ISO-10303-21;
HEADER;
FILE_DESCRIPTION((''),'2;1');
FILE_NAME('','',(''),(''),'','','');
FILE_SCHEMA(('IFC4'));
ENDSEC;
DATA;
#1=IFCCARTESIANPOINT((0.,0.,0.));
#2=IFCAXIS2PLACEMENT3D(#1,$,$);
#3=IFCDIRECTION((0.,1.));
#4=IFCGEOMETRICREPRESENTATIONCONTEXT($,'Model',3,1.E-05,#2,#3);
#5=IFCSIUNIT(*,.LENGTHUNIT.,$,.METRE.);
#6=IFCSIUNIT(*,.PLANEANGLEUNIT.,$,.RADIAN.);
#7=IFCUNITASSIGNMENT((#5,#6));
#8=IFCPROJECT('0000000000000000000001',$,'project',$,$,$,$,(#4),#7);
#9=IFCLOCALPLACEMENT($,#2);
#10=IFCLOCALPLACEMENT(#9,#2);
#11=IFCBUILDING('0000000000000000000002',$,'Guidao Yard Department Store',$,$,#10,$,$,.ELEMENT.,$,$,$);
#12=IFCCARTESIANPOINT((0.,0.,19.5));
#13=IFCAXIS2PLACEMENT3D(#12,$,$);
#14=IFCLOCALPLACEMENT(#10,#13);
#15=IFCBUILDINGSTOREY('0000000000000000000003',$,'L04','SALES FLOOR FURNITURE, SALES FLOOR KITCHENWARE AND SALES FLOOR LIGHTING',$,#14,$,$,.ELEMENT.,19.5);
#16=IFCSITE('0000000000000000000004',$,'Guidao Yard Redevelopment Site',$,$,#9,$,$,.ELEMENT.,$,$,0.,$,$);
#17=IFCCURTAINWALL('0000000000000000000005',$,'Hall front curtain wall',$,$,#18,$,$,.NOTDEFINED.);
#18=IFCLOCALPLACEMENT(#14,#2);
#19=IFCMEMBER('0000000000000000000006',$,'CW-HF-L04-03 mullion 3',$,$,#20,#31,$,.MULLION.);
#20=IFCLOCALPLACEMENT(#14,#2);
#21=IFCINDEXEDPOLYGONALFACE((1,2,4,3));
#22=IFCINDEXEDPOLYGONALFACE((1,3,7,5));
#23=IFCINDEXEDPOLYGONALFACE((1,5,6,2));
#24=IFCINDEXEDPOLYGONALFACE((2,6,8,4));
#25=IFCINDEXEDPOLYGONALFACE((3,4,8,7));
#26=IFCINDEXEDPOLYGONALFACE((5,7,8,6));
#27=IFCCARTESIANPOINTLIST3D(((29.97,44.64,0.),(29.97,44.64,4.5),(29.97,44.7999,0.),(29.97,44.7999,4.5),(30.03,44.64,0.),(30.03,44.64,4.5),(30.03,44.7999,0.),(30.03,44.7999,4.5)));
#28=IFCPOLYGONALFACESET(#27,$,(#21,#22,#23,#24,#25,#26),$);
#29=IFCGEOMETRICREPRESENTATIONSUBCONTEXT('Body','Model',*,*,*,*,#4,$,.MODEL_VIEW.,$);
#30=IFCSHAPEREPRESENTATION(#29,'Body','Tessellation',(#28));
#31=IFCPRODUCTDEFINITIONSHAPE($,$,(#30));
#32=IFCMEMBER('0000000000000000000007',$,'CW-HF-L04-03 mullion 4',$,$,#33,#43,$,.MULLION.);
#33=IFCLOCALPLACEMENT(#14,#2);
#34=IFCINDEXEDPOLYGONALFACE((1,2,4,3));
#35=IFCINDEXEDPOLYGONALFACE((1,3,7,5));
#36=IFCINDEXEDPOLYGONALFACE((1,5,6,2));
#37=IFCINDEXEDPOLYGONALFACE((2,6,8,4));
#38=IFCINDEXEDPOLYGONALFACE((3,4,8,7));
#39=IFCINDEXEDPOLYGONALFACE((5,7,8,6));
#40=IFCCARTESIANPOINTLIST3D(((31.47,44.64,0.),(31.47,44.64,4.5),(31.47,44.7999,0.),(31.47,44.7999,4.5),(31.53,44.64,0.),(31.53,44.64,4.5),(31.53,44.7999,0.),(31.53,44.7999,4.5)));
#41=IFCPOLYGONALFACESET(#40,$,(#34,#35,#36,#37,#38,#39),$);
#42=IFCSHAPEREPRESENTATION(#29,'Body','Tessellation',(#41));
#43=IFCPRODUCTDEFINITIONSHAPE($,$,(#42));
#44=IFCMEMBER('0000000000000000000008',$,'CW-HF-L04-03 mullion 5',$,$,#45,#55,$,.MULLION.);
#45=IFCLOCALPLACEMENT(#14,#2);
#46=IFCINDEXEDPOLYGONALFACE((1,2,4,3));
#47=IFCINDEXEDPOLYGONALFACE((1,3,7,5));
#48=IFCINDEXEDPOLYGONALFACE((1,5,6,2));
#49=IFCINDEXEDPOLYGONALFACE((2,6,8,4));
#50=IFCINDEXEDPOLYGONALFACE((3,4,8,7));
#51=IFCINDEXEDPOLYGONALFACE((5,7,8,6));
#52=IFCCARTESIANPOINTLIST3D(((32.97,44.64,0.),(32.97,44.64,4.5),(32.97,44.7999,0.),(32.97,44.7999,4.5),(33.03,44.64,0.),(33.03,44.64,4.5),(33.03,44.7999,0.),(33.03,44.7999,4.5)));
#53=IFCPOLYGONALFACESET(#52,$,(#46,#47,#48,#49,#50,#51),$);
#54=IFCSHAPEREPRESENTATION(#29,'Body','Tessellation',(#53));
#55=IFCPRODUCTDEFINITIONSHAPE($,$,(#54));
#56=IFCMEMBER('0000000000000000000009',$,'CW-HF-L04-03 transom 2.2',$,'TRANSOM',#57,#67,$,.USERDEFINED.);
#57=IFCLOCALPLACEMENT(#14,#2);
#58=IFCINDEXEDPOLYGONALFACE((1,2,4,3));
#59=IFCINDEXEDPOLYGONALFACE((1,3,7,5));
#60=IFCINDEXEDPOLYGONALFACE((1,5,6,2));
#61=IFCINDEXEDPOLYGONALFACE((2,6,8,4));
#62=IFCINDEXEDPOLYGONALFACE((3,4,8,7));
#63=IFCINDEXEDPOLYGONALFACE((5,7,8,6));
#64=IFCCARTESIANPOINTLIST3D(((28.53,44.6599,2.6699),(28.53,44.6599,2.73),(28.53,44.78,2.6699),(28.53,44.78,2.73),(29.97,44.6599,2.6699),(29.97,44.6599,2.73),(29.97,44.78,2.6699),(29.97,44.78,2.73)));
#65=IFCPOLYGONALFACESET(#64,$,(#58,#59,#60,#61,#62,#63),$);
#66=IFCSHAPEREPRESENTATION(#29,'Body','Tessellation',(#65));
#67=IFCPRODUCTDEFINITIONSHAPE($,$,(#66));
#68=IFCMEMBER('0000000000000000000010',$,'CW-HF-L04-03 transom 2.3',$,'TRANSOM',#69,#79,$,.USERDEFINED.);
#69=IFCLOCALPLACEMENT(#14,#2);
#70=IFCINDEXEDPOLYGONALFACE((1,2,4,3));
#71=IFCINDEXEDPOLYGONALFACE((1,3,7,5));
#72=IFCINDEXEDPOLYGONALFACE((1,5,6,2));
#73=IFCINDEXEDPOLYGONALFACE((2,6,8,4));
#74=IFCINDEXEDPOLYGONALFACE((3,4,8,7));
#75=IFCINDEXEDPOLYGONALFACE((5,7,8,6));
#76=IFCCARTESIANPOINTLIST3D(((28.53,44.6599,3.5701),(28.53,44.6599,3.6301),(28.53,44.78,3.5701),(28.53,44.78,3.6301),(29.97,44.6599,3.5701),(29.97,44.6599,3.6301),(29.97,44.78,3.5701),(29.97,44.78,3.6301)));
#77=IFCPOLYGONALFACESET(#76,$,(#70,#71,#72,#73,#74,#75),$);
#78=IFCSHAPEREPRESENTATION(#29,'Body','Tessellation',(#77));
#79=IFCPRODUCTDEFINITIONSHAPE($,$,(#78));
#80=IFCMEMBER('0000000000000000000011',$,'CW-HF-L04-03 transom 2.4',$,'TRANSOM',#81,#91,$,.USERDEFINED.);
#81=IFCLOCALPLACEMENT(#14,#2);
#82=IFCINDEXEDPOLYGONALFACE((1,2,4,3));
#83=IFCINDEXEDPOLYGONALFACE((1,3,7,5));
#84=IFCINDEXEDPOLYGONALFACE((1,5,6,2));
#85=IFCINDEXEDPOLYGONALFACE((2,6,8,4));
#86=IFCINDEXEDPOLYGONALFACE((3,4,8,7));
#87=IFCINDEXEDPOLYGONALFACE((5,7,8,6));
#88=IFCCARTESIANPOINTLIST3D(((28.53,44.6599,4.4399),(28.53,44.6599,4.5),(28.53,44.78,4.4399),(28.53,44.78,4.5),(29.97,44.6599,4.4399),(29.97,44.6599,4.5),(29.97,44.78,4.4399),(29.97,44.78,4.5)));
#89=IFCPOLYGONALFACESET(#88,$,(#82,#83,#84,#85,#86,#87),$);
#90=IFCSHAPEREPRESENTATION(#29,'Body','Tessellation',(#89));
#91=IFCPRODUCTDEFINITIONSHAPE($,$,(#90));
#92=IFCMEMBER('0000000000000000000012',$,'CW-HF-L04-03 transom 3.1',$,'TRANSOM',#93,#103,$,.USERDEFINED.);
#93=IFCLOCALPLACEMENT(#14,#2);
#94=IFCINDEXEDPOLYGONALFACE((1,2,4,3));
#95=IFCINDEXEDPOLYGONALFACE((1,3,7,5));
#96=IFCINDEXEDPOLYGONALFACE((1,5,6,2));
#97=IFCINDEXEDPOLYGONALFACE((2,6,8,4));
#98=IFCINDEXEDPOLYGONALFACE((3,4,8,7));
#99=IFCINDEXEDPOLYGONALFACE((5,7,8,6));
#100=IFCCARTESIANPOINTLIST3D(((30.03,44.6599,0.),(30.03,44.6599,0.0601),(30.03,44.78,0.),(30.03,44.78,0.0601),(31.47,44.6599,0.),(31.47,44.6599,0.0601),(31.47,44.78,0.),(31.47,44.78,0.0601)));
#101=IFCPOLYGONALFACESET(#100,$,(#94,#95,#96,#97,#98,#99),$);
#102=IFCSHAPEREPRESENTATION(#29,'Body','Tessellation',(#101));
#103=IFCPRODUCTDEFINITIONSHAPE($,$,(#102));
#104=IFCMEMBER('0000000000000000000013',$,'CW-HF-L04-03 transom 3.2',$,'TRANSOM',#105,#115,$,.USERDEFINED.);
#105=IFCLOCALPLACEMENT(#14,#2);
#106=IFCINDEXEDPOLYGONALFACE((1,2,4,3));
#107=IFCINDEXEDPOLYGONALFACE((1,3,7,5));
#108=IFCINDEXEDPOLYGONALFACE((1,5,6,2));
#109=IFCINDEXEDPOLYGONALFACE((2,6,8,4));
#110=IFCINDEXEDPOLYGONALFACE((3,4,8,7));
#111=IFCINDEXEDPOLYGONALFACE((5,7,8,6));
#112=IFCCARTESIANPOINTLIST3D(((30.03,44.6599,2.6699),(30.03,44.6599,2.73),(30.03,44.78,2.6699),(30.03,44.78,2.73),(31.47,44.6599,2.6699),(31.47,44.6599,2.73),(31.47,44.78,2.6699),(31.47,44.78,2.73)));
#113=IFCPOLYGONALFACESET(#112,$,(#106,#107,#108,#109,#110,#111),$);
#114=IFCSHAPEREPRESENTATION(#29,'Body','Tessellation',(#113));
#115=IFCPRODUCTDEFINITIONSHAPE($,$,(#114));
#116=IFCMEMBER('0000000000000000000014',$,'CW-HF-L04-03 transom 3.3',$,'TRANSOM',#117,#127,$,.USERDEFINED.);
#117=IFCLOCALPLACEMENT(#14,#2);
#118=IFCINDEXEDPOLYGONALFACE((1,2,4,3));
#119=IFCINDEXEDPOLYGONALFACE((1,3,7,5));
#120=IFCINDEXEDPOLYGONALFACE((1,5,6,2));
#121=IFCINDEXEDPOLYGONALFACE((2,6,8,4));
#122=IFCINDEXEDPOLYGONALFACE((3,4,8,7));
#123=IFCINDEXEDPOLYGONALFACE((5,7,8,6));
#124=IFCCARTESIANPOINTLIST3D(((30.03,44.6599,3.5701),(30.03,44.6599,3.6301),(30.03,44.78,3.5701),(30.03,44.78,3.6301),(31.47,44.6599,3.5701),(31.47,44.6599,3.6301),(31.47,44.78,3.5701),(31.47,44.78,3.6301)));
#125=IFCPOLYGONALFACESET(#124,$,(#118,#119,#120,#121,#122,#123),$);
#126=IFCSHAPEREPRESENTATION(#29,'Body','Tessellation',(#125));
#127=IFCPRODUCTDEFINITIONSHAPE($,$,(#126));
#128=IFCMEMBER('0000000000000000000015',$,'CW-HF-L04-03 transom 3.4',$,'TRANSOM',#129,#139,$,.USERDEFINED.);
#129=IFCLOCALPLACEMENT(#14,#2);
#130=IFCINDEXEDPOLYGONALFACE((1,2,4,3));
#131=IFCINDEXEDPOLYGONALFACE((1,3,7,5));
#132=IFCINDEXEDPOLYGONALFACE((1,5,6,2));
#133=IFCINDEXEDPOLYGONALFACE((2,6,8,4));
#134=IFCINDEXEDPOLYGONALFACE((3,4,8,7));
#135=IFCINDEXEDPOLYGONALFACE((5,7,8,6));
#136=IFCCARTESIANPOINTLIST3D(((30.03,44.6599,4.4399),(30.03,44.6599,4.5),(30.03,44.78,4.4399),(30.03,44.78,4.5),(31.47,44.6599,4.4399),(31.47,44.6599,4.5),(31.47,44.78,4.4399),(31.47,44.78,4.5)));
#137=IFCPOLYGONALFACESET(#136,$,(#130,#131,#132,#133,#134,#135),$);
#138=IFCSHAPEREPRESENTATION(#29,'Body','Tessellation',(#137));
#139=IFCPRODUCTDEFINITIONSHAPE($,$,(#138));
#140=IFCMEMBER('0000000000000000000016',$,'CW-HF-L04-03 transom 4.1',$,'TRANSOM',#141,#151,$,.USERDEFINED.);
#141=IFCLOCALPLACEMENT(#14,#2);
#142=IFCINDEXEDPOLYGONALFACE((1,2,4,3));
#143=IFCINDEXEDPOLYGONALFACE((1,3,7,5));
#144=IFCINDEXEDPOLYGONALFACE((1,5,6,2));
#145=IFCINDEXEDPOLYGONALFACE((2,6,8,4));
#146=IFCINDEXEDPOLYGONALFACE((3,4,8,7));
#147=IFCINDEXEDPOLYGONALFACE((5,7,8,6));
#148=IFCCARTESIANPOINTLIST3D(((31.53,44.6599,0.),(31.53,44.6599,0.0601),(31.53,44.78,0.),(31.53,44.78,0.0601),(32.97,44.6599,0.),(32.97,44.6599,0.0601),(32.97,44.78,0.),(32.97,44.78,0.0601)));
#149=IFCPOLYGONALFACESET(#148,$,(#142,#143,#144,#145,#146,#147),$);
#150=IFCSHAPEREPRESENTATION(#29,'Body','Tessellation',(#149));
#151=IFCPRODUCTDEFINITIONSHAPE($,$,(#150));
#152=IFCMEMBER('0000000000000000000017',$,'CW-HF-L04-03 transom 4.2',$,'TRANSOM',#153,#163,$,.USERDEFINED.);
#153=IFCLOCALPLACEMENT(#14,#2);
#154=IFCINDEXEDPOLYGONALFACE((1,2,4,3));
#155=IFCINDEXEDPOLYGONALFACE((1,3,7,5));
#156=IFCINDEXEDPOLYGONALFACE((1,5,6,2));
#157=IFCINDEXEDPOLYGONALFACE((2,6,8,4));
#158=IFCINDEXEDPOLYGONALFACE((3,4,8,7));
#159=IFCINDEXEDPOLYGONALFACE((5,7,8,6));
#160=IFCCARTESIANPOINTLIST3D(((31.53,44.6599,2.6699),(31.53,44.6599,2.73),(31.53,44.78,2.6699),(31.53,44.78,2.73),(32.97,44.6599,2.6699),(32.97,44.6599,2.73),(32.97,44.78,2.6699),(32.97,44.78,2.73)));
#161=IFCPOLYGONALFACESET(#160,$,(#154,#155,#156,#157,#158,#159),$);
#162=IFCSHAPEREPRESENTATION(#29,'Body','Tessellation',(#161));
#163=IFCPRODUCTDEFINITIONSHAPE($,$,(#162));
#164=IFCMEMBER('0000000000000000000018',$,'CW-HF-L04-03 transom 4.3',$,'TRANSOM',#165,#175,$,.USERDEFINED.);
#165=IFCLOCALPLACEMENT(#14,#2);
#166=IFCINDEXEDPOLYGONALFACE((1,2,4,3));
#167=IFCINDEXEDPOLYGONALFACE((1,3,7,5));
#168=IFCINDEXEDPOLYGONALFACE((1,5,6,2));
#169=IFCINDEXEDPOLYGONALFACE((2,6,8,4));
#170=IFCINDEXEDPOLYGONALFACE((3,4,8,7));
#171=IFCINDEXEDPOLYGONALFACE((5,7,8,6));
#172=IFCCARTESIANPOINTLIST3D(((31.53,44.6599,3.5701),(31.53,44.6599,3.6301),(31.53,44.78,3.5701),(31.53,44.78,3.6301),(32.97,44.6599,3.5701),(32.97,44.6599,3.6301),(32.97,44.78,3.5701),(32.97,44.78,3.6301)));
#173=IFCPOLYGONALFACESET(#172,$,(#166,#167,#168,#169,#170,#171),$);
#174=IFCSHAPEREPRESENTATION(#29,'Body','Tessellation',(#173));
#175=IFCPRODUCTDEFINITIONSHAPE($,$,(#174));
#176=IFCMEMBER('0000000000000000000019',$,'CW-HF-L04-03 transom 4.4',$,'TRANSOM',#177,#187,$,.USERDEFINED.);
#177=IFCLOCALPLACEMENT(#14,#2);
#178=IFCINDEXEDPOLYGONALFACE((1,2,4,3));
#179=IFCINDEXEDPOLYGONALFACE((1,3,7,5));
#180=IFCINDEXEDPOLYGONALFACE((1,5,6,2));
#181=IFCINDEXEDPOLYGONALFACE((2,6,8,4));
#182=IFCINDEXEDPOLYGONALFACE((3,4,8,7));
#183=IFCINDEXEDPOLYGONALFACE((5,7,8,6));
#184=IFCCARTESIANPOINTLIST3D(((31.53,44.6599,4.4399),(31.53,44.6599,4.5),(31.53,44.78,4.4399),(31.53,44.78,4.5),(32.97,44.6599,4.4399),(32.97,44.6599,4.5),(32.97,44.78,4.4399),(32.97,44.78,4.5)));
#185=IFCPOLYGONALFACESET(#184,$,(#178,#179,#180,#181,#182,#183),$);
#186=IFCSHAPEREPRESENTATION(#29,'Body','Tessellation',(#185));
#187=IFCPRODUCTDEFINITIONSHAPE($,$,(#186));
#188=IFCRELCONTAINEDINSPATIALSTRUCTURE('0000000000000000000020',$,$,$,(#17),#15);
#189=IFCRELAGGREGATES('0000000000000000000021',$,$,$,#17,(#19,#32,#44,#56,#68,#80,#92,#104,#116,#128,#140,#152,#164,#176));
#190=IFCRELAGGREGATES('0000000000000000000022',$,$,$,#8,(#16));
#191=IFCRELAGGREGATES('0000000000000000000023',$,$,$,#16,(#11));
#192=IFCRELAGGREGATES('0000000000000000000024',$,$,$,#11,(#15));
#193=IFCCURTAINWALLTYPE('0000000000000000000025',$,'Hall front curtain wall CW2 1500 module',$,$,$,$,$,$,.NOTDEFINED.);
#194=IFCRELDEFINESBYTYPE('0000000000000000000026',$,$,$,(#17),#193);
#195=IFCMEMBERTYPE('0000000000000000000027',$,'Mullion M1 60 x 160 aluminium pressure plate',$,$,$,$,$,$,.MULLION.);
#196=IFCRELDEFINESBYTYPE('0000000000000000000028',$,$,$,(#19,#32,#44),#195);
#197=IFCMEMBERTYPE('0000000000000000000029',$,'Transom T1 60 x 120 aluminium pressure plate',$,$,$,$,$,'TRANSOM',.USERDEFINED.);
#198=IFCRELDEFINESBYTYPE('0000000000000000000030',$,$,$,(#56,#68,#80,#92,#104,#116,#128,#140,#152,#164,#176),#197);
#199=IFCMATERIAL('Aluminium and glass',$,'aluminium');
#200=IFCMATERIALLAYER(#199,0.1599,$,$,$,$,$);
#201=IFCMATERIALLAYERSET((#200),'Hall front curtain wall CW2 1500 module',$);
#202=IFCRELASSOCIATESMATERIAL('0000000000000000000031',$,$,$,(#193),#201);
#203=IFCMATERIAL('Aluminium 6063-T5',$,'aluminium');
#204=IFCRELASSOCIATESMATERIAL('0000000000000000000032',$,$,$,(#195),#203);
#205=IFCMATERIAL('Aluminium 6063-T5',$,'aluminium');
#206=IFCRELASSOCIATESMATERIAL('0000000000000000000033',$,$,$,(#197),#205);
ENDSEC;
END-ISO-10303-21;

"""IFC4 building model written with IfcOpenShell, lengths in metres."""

from ifc_helpers import new_model, si_unit, direction, frame, origin, origin_2d, place, context, subcontext, project, spatial, rectangle, extrude, material, layer, layer_set, material_profile, profile_set, type_object, element, aggregate, save


model = new_model("IFC4")

# Units and contexts
model_context = context("Model", 3, precision=1e-05, world=origin(), true_north=direction((0.0, 1.0)))
body_context = subcontext(model_context, "Body", "Model", "MODEL_VIEW")
ifc_project = project(units=[si_unit("LENGTHUNIT", "METRE"), si_unit("PLANEANGLEUNIT", "RADIAN")], contexts=[model_context])

# Site, building, storey
site_placement = place(None, origin())
site = spatial("IfcSite", under=ifc_project, at=site_placement, Name="Guidao Yard Redevelopment Site", CompositionType="ELEMENT", RefElevation=0.0)
building_placement = place(site_placement, origin())
building = spatial("IfcBuilding", under=site, at=building_placement, Name="Guidao Yard Department Store", CompositionType="ELEMENT")
storey_placement = place(building_placement, frame((0.0, 0.0, 19.5)))
storey = spatial("IfcBuildingStorey", under=building, at=storey_placement, Name="L04", Description="SALES FLOOR FURNITURE, SALES FLOOR KITCHENWARE AND SALES FLOOR LIGHTING", CompositionType="ELEMENT", Elevation=19.5)

# Curtain wall, members
ifc_material_1 = material(Name="Aluminium and glass", Category="aluminium")
ifc_layer_1 = layer(ifc_material_1, 0.1599)
ifc_layer_set_1 = layer_set([ifc_layer_1], Name="Hall front curtain wall CW2 1500 module")
curtain_wall_type = type_object("IfcCurtainWallType", Name="Hall front curtain wall CW2 1500 module", PredefinedType="NOTDEFINED", material=ifc_layer_set_1)
curtain_wall_placement = place(storey_placement, origin())
curtain_wall = element("IfcCurtainWall", 1, at=curtain_wall_placement, inside=storey, type_object=curtain_wall_type, Name="Hall front curtain wall", PredefinedType="NOTDEFINED")
ifc_material_2 = material(Name="Aluminium 6063-T5", Category="aluminium")
ifc_material_profile_1 = material_profile(ifc_material_2, rectangle(XDim=0.0601, YDim=0.1599, at=origin_2d()), Name="Mullion M1 60 x 160 aluminium pressure plate")
ifc_profile_set_1 = profile_set([ifc_material_profile_1], Name="Aluminium 6063-T5")
member_type_1 = type_object("IfcMemberType", Name="Mullion M1 60 x 160 aluminium pressure plate", PredefinedType="MULLION", material=ifc_profile_set_1)
member_1_placement = place(storey_placement, frame((30.0, 44.72, 0.0), z_axis=(0.0, 0.0, 1.0), x_axis=(-1.0, 0.0, 0.0)))
member_1 = element("IfcMember", 2, at=member_1_placement, type_object=member_type_1, Name="CW-HF-L04-03 mullion 3", PredefinedType="MULLION", context=body_context, shape_type="SweptSolid", body=[
    extrude(rectangle(XDim=0.0601, YDim=0.1599, at=origin_2d()), origin(), (0.0, 0.0, 1.0), 4.5),
])
member_2_placement = place(storey_placement, frame((31.5, 44.72, 0.0), z_axis=(0.0, 0.0, 1.0), x_axis=(-1.0, 0.0, 0.0)))
member_2 = element("IfcMember", 3, at=member_2_placement, type_object=member_type_1, Name="CW-HF-L04-03 mullion 4", PredefinedType="MULLION", context=body_context, shape_type="SweptSolid", body=[
    extrude(rectangle(XDim=0.0601, YDim=0.1599, at=origin_2d()), origin(), (0.0, 0.0, 1.0), 4.5),
])
member_3_placement = place(storey_placement, frame((33.0, 44.72, 0.0), z_axis=(0.0, 0.0, 1.0), x_axis=(-1.0, 0.0, 0.0)))
member_3 = element("IfcMember", 4, at=member_3_placement, type_object=member_type_1, Name="CW-HF-L04-03 mullion 5", PredefinedType="MULLION", context=body_context, shape_type="SweptSolid", body=[
    extrude(rectangle(XDim=0.0601, YDim=0.1599, at=origin_2d()), origin(), (0.0, 0.0, 1.0), 4.5),
])
ifc_material_3 = material(Name="Aluminium 6063-T5", Category="aluminium")
ifc_material_profile_2 = material_profile(ifc_material_3, rectangle(XDim=0.1201, YDim=0.0601, at=origin_2d()), Name="Transom T1 60 x 120 aluminium pressure plate")
ifc_profile_set_2 = profile_set([ifc_material_profile_2], Name="Aluminium 6063-T5")
member_type_2 = type_object("IfcMemberType", Name="Transom T1 60 x 120 aluminium pressure plate", ElementType="TRANSOM", PredefinedType="USERDEFINED", material=ifc_profile_set_2)
member_4_placement = place(storey_placement, frame((29.97, 44.72, 2.7), z_axis=(-1.0, 0.0, 0.0), x_axis=(0.0, -1.0, 0.0)))
member_4 = element("IfcMember", 5, at=member_4_placement, type_object=member_type_2, Name="CW-HF-L04-03 transom 2.2", ObjectType="TRANSOM", PredefinedType="USERDEFINED", context=body_context, shape_type="SweptSolid", body=[
    extrude(rectangle(XDim=0.1201, YDim=0.0601, at=origin_2d()), origin(), (0.0, 0.0, 1.0), 1.4399),
])
member_5_placement = place(storey_placement, frame((29.97, 44.72, 3.6001), z_axis=(-1.0, 0.0, 0.0), x_axis=(0.0, -1.0, 0.0)))
member_5 = element("IfcMember", 6, at=member_5_placement, type_object=member_type_2, Name="CW-HF-L04-03 transom 2.3", ObjectType="TRANSOM", PredefinedType="USERDEFINED", context=body_context, shape_type="SweptSolid", body=[
    extrude(rectangle(XDim=0.1201, YDim=0.0601, at=origin_2d()), origin(), (0.0, 0.0, 1.0), 1.4399),
])
member_6_placement = place(storey_placement, frame((29.97, 44.72, 4.47), z_axis=(-1.0, 0.0, 0.0), x_axis=(0.0, -1.0, 0.0)))
member_6 = element("IfcMember", 7, at=member_6_placement, type_object=member_type_2, Name="CW-HF-L04-03 transom 2.4", ObjectType="TRANSOM", PredefinedType="USERDEFINED", context=body_context, shape_type="SweptSolid", body=[
    extrude(rectangle(XDim=0.1201, YDim=0.0601, at=origin_2d()), origin(), (0.0, 0.0, 1.0), 1.4399),
])
member_7_placement = place(storey_placement, frame((31.47, 44.72, 0.03), z_axis=(-1.0, 0.0, 0.0), x_axis=(0.0, -1.0, 0.0)))
member_7 = element("IfcMember", 8, at=member_7_placement, type_object=member_type_2, Name="CW-HF-L04-03 transom 3.1", ObjectType="TRANSOM", PredefinedType="USERDEFINED", context=body_context, shape_type="SweptSolid", body=[
    extrude(rectangle(XDim=0.1201, YDim=0.0601, at=origin_2d()), origin(), (0.0, 0.0, 1.0), 1.4399),
])
member_8_placement = place(storey_placement, frame((31.47, 44.72, 2.7), z_axis=(-1.0, 0.0, 0.0), x_axis=(0.0, -1.0, 0.0)))
member_8 = element("IfcMember", 9, at=member_8_placement, type_object=member_type_2, Name="CW-HF-L04-03 transom 3.2", ObjectType="TRANSOM", PredefinedType="USERDEFINED", context=body_context, shape_type="SweptSolid", body=[
    extrude(rectangle(XDim=0.1201, YDim=0.0601, at=origin_2d()), origin(), (0.0, 0.0, 1.0), 1.4399),
])
member_9_placement = place(storey_placement, frame((31.47, 44.72, 3.6001), z_axis=(-1.0, 0.0, 0.0), x_axis=(0.0, -1.0, 0.0)))
member_9 = element("IfcMember", 10, at=member_9_placement, type_object=member_type_2, Name="CW-HF-L04-03 transom 3.3", ObjectType="TRANSOM", PredefinedType="USERDEFINED", context=body_context, shape_type="SweptSolid", body=[
    extrude(rectangle(XDim=0.1201, YDim=0.0601, at=origin_2d()), origin(), (0.0, 0.0, 1.0), 1.4399),
])
member_10_placement = place(storey_placement, frame((31.47, 44.72, 4.47), z_axis=(-1.0, 0.0, 0.0), x_axis=(0.0, -1.0, 0.0)))
member_10 = element("IfcMember", 11, at=member_10_placement, type_object=member_type_2, Name="CW-HF-L04-03 transom 3.4", ObjectType="TRANSOM", PredefinedType="USERDEFINED", context=body_context, shape_type="SweptSolid", body=[
    extrude(rectangle(XDim=0.1201, YDim=0.0601, at=origin_2d()), origin(), (0.0, 0.0, 1.0), 1.4399),
])
member_11_placement = place(storey_placement, frame((32.97, 44.72, 0.03), z_axis=(-1.0, 0.0, 0.0), x_axis=(0.0, -1.0, 0.0)))
member_11 = element("IfcMember", 12, at=member_11_placement, type_object=member_type_2, Name="CW-HF-L04-03 transom 4.1", ObjectType="TRANSOM", PredefinedType="USERDEFINED", context=body_context, shape_type="SweptSolid", body=[
    extrude(rectangle(XDim=0.1201, YDim=0.0601, at=origin_2d()), origin(), (0.0, 0.0, 1.0), 1.4399),
])
member_12_placement = place(storey_placement, frame((32.97, 44.72, 2.7), z_axis=(-1.0, 0.0, 0.0), x_axis=(0.0, -1.0, 0.0)))
member_12 = element("IfcMember", 13, at=member_12_placement, type_object=member_type_2, Name="CW-HF-L04-03 transom 4.2", ObjectType="TRANSOM", PredefinedType="USERDEFINED", context=body_context, shape_type="SweptSolid", body=[
    extrude(rectangle(XDim=0.1201, YDim=0.0601, at=origin_2d()), origin(), (0.0, 0.0, 1.0), 1.4399),
])
member_13_placement = place(storey_placement, frame((32.97, 44.72, 3.6001), z_axis=(-1.0, 0.0, 0.0), x_axis=(0.0, -1.0, 0.0)))
member_13 = element("IfcMember", 14, at=member_13_placement, type_object=member_type_2, Name="CW-HF-L04-03 transom 4.3", ObjectType="TRANSOM", PredefinedType="USERDEFINED", context=body_context, shape_type="SweptSolid", body=[
    extrude(rectangle(XDim=0.1201, YDim=0.0601, at=origin_2d()), origin(), (0.0, 0.0, 1.0), 1.4399),
])
member_14_placement = place(storey_placement, frame((32.97, 44.72, 4.47), z_axis=(-1.0, 0.0, 0.0), x_axis=(0.0, -1.0, 0.0)))
member_14 = element("IfcMember", 15, at=member_14_placement, type_object=member_type_2, Name="CW-HF-L04-03 transom 4.4", ObjectType="TRANSOM", PredefinedType="USERDEFINED", context=body_context, shape_type="SweptSolid", body=[
    extrude(rectangle(XDim=0.1201, YDim=0.0601, at=origin_2d()), origin(), (0.0, 0.0, 1.0), 1.4399),
])
aggregate(curtain_wall, [member_1, member_2, member_3, member_4, member_5, member_6, member_7, member_8, member_9, member_10, member_11, member_12, member_13, member_14])

save(model, "model.ifc")
